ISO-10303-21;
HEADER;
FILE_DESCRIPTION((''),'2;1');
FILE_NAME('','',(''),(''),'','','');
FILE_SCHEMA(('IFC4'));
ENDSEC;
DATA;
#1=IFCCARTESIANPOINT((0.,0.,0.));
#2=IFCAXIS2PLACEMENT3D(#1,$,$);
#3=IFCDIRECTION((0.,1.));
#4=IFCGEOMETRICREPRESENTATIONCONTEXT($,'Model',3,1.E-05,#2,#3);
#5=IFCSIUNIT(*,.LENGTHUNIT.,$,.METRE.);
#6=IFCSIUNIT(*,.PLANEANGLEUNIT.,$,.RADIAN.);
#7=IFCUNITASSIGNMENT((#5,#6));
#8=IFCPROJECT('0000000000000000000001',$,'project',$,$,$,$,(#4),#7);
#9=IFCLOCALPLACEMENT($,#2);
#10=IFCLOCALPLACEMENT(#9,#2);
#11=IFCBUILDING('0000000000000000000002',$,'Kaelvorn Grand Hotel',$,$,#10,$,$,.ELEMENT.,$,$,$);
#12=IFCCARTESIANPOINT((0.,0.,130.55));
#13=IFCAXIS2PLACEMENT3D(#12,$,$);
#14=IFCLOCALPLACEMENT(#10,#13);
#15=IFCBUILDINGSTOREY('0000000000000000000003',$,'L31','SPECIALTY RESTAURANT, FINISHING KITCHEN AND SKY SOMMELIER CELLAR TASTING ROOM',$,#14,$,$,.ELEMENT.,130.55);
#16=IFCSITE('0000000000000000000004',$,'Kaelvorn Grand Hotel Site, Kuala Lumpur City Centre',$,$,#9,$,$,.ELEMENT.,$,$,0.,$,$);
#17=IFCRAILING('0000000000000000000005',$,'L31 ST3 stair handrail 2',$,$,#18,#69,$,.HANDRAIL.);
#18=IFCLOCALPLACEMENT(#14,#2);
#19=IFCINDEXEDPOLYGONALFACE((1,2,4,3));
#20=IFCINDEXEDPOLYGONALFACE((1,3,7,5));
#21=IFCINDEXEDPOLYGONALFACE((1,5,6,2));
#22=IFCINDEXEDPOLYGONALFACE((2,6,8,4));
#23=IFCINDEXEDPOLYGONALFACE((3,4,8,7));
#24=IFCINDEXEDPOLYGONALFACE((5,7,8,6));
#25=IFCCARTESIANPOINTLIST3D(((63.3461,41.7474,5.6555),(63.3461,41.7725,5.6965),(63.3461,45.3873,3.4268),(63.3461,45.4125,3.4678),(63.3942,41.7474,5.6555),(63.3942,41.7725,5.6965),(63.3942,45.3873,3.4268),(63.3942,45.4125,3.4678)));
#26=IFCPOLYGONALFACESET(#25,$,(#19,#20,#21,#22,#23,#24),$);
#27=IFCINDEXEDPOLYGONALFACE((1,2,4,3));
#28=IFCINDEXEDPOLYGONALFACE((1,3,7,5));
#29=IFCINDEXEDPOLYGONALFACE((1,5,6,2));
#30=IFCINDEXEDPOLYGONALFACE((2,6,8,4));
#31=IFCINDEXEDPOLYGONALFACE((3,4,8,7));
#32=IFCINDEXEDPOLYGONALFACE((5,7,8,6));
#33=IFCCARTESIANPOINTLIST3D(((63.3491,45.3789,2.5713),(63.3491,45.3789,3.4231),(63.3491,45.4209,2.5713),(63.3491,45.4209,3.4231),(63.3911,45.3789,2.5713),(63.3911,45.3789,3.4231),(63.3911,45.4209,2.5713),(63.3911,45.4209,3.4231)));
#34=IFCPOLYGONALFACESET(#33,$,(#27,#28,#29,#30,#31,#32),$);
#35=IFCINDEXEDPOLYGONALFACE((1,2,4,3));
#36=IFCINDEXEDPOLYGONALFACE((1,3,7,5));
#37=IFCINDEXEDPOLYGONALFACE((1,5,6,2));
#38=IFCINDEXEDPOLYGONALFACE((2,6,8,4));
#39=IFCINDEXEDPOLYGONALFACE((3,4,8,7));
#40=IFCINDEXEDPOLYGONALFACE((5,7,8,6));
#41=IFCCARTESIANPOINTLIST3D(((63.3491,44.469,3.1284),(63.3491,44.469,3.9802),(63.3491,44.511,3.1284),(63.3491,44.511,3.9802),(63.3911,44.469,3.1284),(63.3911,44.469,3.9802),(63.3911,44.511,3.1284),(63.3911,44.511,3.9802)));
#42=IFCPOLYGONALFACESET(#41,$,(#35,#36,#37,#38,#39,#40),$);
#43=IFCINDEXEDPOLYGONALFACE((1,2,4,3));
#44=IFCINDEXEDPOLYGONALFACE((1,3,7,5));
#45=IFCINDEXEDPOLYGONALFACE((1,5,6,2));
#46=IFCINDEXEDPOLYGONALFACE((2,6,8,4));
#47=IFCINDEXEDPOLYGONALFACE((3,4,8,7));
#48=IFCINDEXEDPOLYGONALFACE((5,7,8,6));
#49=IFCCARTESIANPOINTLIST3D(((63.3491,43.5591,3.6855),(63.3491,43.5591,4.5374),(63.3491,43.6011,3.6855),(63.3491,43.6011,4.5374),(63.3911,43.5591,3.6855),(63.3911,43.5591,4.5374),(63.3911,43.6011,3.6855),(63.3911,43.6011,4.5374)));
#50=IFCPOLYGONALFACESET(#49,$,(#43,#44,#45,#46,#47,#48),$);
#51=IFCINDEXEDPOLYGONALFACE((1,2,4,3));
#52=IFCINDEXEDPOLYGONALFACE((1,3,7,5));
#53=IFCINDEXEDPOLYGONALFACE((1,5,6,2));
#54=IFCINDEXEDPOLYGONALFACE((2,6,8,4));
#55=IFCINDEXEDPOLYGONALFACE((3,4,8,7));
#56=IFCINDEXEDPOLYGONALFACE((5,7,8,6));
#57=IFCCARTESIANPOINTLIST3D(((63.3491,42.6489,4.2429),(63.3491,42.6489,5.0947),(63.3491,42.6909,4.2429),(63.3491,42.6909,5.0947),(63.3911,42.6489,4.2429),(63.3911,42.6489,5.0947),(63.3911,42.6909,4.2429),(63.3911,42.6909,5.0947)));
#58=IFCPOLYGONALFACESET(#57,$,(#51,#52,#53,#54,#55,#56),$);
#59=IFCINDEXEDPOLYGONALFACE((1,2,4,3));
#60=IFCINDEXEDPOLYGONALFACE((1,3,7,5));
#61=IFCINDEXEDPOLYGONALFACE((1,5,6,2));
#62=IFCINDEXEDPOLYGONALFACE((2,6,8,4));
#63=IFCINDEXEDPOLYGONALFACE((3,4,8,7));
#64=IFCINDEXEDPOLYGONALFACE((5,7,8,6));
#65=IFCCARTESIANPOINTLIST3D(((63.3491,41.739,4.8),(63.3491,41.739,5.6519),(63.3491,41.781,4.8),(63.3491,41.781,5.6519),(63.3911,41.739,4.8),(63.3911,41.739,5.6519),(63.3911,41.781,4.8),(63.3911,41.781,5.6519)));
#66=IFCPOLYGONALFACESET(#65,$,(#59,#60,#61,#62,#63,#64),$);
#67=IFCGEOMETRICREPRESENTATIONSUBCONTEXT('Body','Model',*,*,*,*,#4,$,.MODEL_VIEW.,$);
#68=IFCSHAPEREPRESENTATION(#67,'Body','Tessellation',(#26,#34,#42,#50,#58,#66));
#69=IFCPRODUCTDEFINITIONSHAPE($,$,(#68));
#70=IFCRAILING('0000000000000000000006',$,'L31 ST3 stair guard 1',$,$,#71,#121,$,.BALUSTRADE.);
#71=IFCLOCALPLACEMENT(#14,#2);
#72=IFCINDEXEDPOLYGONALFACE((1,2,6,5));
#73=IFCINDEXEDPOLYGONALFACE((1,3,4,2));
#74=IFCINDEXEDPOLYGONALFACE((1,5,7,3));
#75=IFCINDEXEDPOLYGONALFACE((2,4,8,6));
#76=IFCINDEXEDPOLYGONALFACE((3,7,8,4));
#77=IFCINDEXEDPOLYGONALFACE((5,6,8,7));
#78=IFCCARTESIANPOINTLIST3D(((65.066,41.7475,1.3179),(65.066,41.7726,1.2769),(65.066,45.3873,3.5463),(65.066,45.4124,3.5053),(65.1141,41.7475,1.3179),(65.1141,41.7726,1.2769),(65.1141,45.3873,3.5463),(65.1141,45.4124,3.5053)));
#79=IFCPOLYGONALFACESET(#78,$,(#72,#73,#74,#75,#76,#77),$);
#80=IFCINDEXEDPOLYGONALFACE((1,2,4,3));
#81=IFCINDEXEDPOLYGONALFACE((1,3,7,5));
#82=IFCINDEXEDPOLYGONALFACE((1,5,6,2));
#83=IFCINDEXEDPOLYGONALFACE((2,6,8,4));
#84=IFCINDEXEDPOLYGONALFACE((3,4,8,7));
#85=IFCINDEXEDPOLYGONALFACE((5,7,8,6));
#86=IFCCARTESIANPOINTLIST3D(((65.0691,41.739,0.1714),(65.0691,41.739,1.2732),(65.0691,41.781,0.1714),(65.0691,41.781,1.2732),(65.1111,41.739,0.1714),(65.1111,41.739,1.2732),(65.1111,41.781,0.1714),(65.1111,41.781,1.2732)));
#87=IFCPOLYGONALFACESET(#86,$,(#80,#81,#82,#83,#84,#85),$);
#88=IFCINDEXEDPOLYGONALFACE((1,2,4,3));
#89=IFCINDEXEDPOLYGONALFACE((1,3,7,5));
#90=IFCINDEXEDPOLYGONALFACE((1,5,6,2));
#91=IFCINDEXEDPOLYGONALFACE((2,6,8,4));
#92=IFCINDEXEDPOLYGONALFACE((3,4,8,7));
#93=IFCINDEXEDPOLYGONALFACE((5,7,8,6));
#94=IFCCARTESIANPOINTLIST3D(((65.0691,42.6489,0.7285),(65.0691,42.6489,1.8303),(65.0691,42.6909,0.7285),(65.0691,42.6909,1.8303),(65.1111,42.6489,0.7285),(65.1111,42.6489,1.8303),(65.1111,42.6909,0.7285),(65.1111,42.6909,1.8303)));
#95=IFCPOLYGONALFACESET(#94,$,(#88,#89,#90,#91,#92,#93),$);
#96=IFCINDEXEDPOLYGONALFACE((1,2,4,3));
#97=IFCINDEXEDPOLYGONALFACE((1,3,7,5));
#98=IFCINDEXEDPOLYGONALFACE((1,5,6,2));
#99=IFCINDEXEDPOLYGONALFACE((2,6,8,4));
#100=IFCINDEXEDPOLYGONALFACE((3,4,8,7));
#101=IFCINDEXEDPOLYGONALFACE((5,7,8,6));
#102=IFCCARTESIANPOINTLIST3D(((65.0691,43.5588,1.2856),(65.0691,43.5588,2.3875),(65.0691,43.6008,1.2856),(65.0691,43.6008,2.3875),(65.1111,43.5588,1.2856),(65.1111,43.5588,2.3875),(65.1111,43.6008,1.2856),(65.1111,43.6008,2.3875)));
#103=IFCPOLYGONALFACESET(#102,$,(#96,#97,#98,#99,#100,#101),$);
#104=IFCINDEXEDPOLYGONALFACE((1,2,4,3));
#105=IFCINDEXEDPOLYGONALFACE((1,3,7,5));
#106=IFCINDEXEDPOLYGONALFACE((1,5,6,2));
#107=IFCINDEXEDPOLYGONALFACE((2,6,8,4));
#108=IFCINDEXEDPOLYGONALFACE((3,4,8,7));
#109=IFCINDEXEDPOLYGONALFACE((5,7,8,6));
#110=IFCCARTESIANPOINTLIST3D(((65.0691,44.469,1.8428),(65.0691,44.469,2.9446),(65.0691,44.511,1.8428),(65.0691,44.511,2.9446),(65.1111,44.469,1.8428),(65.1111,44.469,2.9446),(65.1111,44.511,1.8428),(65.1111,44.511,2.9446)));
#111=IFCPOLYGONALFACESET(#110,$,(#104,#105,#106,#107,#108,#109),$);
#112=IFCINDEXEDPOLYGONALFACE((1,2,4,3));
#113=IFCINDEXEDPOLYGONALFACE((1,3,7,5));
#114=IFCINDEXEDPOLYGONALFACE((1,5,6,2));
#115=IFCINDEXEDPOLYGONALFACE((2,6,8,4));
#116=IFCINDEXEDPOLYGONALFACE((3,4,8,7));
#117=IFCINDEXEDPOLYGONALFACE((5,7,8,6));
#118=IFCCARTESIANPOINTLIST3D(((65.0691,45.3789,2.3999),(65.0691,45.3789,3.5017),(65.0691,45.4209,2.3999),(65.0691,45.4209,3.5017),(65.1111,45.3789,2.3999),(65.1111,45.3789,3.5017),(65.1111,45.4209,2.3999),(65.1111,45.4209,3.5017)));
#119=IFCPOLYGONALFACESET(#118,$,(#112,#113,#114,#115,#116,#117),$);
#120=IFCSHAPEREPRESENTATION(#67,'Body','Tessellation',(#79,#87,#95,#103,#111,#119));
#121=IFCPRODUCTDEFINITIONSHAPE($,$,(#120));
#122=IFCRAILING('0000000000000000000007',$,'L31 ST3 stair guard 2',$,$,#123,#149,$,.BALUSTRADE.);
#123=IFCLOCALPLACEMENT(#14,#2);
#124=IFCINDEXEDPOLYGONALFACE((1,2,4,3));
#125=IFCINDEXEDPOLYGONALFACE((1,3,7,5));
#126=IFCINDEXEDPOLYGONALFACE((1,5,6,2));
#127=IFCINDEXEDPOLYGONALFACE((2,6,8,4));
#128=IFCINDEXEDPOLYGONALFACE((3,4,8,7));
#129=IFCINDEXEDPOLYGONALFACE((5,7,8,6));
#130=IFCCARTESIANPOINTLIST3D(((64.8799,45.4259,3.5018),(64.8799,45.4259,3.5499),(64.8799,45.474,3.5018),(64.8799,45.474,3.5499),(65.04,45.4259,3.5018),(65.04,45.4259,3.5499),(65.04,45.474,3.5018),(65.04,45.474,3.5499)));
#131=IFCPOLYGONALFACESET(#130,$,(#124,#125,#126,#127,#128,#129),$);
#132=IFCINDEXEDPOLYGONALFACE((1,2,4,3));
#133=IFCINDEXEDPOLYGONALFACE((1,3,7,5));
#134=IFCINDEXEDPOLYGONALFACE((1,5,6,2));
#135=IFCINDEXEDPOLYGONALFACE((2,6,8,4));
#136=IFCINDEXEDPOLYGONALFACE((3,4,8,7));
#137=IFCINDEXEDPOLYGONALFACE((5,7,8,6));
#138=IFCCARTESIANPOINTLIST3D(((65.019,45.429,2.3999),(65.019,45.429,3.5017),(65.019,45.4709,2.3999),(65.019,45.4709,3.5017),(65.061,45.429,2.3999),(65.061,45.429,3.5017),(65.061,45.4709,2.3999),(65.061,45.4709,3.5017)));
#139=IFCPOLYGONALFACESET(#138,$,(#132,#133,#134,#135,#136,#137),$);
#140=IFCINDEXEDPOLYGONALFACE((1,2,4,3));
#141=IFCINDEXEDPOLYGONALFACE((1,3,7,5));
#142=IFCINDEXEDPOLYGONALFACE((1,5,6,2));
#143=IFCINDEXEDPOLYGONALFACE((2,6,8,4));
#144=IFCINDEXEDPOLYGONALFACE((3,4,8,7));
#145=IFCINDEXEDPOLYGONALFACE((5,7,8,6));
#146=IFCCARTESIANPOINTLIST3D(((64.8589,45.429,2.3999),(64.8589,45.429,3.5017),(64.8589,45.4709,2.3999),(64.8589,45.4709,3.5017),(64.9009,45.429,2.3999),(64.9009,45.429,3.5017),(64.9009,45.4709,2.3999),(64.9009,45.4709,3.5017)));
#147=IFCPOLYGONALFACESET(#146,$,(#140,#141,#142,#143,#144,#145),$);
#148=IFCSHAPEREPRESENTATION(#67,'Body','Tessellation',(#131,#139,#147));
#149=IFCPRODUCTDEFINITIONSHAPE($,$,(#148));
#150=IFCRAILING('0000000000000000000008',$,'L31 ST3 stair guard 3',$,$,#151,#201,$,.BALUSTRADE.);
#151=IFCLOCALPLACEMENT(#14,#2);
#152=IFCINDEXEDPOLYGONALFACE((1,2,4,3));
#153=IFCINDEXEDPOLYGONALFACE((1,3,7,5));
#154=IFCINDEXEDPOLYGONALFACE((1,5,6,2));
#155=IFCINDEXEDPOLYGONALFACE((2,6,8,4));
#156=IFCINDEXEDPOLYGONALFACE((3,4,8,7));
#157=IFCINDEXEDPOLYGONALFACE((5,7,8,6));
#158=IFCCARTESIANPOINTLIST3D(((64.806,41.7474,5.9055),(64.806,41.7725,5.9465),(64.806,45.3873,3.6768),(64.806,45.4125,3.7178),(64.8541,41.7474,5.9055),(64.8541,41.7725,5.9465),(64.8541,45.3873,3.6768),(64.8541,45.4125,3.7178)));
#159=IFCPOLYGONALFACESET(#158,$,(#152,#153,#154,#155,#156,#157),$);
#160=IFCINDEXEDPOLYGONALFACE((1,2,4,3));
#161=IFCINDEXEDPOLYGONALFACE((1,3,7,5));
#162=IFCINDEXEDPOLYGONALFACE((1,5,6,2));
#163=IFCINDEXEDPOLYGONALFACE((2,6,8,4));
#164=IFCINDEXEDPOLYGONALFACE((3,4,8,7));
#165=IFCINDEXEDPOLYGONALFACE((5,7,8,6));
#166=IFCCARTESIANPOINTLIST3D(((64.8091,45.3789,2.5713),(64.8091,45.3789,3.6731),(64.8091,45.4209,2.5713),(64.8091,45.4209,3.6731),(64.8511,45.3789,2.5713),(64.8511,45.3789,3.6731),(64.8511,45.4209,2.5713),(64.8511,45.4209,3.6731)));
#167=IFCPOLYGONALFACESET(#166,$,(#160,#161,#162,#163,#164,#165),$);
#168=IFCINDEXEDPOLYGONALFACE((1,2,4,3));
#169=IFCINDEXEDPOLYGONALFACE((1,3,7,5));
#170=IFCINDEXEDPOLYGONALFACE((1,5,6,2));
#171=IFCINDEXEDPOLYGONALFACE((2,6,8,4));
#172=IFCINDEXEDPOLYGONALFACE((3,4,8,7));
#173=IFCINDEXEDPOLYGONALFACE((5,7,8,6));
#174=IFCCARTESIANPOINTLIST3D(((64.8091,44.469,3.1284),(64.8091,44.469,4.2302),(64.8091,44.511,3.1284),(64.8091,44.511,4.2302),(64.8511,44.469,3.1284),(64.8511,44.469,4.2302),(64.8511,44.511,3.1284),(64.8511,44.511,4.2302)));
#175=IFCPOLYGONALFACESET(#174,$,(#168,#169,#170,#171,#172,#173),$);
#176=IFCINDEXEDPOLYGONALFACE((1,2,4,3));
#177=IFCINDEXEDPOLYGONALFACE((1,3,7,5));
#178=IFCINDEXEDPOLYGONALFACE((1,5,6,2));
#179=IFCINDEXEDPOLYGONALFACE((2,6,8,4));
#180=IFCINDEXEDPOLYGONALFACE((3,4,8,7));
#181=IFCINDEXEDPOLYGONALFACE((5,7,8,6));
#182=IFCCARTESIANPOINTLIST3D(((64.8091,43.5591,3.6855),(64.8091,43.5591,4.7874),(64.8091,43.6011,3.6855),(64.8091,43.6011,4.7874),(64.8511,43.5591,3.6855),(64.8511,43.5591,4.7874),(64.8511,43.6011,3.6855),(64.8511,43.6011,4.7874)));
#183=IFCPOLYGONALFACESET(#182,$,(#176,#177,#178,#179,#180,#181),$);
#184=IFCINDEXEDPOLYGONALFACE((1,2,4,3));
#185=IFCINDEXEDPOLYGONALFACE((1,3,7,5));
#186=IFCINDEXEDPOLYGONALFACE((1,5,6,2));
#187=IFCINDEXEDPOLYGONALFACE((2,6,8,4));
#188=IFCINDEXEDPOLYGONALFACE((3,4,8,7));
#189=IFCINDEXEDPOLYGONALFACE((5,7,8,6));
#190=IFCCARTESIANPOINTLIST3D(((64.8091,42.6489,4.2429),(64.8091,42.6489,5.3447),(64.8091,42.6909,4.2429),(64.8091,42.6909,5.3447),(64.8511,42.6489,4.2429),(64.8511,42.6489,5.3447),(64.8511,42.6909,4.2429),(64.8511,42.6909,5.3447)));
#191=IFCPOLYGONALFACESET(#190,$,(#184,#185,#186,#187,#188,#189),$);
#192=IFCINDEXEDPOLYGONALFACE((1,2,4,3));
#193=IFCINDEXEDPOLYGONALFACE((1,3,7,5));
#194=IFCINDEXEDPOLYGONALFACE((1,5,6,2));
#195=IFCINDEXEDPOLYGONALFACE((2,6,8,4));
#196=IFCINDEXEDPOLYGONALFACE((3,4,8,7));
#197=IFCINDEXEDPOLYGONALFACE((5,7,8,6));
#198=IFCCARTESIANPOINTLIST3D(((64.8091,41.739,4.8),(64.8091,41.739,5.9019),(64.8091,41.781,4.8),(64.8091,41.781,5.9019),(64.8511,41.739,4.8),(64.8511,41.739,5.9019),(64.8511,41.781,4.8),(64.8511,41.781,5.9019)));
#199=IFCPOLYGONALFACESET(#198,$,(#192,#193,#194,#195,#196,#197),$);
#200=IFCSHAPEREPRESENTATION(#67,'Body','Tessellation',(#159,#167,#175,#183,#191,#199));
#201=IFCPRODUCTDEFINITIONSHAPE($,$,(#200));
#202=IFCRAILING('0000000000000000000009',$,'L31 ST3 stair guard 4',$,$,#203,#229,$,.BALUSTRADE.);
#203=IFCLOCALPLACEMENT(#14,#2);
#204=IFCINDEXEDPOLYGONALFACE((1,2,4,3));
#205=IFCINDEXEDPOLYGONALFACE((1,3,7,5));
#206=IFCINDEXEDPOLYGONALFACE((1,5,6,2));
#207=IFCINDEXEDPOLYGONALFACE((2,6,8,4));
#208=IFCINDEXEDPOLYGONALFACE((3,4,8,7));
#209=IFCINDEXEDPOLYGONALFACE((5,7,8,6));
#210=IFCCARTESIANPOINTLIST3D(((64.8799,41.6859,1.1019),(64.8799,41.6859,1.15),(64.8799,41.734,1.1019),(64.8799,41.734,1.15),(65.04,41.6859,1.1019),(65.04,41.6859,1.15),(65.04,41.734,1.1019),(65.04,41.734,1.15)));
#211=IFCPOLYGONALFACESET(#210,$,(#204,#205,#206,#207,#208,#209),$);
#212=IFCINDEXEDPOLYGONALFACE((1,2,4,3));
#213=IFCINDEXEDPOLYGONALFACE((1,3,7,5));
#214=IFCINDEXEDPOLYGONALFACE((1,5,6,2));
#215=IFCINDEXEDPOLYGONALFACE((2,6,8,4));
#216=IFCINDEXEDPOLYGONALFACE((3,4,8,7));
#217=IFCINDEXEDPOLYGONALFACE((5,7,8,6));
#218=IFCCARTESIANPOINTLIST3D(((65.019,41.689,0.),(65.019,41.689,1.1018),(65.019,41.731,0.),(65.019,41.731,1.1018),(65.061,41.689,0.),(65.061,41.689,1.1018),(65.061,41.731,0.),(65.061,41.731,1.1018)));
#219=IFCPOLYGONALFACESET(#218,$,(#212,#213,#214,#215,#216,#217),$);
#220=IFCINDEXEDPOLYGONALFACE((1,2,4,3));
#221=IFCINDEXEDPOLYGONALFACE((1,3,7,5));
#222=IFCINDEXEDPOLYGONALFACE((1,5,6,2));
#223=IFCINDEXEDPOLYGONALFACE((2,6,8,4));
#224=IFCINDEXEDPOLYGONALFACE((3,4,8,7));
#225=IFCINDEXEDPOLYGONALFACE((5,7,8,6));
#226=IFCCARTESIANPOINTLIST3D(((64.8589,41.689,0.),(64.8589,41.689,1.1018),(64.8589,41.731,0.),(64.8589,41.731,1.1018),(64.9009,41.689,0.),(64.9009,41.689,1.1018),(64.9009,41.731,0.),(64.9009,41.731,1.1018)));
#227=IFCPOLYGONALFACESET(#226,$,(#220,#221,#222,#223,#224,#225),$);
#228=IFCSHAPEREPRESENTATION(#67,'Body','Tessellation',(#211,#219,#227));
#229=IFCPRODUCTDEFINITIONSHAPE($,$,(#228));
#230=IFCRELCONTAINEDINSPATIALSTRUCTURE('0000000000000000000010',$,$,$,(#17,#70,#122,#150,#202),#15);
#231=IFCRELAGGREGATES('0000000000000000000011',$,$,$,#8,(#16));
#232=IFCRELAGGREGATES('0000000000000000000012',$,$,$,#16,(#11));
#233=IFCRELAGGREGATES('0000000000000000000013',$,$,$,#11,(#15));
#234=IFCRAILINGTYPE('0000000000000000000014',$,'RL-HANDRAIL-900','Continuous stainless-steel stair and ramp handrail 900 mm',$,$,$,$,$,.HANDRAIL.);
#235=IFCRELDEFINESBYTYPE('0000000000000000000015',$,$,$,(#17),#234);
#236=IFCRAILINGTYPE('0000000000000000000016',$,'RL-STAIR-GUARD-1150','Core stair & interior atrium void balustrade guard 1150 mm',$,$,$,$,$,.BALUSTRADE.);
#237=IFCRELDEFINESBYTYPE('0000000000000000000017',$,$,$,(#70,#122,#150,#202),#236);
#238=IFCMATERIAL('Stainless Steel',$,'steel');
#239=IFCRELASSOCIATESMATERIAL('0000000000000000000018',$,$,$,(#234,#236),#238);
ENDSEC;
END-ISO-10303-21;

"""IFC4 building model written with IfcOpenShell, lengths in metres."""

from ifc_helpers import new_model, si_unit, direction, frame, origin, origin_2d, place, context, subcontext, project, spatial, rectangle, extrude, material, type_object, element, save


model = new_model("IFC4")

# Units and contexts
model_context = context("Model", 3, precision=1e-05, world=origin(), true_north=direction((0.0, 1.0)))
body_context = subcontext(model_context, "Body", "Model", "MODEL_VIEW")
ifc_project = project(units=[si_unit("LENGTHUNIT", "METRE"), si_unit("PLANEANGLEUNIT", "RADIAN")], contexts=[model_context])

# Site, building, storey
site_placement = place(None, origin())
site = spatial("IfcSite", under=ifc_project, at=site_placement, Name="Kaelvorn Grand Hotel Site, Kuala Lumpur City Centre", CompositionType="ELEMENT", RefElevation=0.0)
building_placement = place(site_placement, origin())
building = spatial("IfcBuilding", under=site, at=building_placement, Name="Kaelvorn Grand Hotel", CompositionType="ELEMENT")
storey_placement = place(building_placement, frame((0.0, 0.0, 130.55)))
storey = spatial("IfcBuildingStorey", under=building, at=storey_placement, Name="L31", Description="SPECIALTY RESTAURANT, FINISHING KITCHEN AND SKY SOMMELIER CELLAR TASTING ROOM", CompositionType="ELEMENT", Elevation=130.55)

# Shared definitions
ifc_material_1 = material(Name="Stainless Steel", Category="steel")

# Railings
railing_type_1 = type_object("IfcRailingType", Name="RL-HANDRAIL-900", Description="Continuous stainless-steel stair and ramp handrail 900 mm", PredefinedType="HANDRAIL", material=ifc_material_1)
railing_1_placement = place(storey_placement, frame((63.3701, 45.3999, 2.5713)))
element("IfcRailing", 1, at=railing_1_placement, inside=storey, type_object=railing_type_1, Name="L31 ST3 stair handrail 2", PredefinedType="HANDRAIL", context=body_context, shape_type="SweptSolid", body=[
    extrude(rectangle(XDim=0.0481, YDim=0.0481, at=origin_2d()), frame((0.0, 0.0, 0.876), z_axis=(0.0, -0.852825, 0.522197), x_axis=(1.0, 0.0, 0.0)), (0.0, 0.0, 1.0), 4.2681),
    extrude(rectangle(XDim=0.042, YDim=0.042, at=origin_2d()), origin(), (0.0, 0.0, 1.0), 0.8518),
    extrude(rectangle(XDim=0.042, YDim=0.042, at=origin_2d()), frame((0.0, -0.9099, 0.5571)), (0.0, 0.0, 1.0), 0.8518),
    extrude(rectangle(XDim=0.042, YDim=0.042, at=origin_2d()), frame((0.0, -1.8198, 1.1143)), (0.0, 0.0, 1.0), 0.8518),
    extrude(rectangle(XDim=0.042, YDim=0.042, at=origin_2d()), frame((0.0, -2.73, 1.6716)), (0.0, 0.0, 1.0), 0.8518),
    extrude(rectangle(XDim=0.042, YDim=0.042, at=origin_2d()), frame((0.0, -3.6399, 2.2288)), (0.0, 0.0, 1.0), 0.8518),
])
railing_type_2 = type_object("IfcRailingType", Name="RL-STAIR-GUARD-1150", Description="Core stair & interior atrium void balustrade guard 1150 mm", PredefinedType="BALUSTRADE", material=ifc_material_1)
railing_2_placement = place(storey_placement, frame((65.0901, 41.76, 0.1714)))
element("IfcRailing", 2, at=railing_2_placement, inside=storey, type_object=railing_type_2, Name="L31 ST3 stair guard 1", PredefinedType="BALUSTRADE", context=body_context, shape_type="SweptSolid", body=[
    extrude(rectangle(XDim=0.0481, YDim=0.0481, at=origin_2d()), frame((0.0, 0.0, 1.126), z_axis=(0.0, 0.85285, 0.522156), x_axis=(-1.0, 0.0, 0.0)), (0.0, 0.0, 1.0), 4.2678),
    extrude(rectangle(XDim=0.042, YDim=0.042, at=origin_2d()), origin(), (0.0, 0.0, 1.0), 1.1018),
    extrude(rectangle(XDim=0.042, YDim=0.042, at=origin_2d()), frame((0.0, 0.9099, 0.5571)), (0.0, 0.0, 1.0), 1.1018),
    extrude(rectangle(XDim=0.042, YDim=0.042, at=origin_2d()), frame((0.0, 1.8198, 1.1143)), (0.0, 0.0, 1.0), 1.1018),
    extrude(rectangle(XDim=0.042, YDim=0.042, at=origin_2d()), frame((0.0, 2.73, 1.6714)), (0.0, 0.0, 1.0), 1.1018),
    extrude(rectangle(XDim=0.042, YDim=0.042, at=origin_2d()), frame((0.0, 3.6399, 2.2285)), (0.0, 0.0, 1.0), 1.1018),
])
railing_3_placement = place(storey_placement, frame((65.04, 45.45, 2.3999)))
element("IfcRailing", 3, at=railing_3_placement, inside=storey, type_object=railing_type_2, Name="L31 ST3 stair guard 2", PredefinedType="BALUSTRADE", context=body_context, shape_type="SweptSolid", body=[
    extrude(rectangle(XDim=0.0481, YDim=0.0481, at=origin_2d()), frame((0.0, 0.0, 1.126), z_axis=(-1.0, 0.0, 0.0), x_axis=(0.0, -1.0, 0.0)), (0.0, 0.0, 1.0), 0.1602),
    extrude(rectangle(XDim=0.042, YDim=0.042, at=origin_2d()), origin(), (0.0, 0.0, 1.0), 1.1018),
    extrude(rectangle(XDim=0.042, YDim=0.042, at=origin_2d()), frame((-0.1602, 0.0, 0.0)), (0.0, 0.0, 1.0), 1.1018),
])
railing_4_placement = place(storey_placement, frame((64.8301, 45.3999, 2.5713)))
element("IfcRailing", 4, at=railing_4_placement, inside=storey, type_object=railing_type_2, Name="L31 ST3 stair guard 3", PredefinedType="BALUSTRADE", context=body_context, shape_type="SweptSolid", body=[
    extrude(rectangle(XDim=0.0481, YDim=0.0481, at=origin_2d()), frame((0.0, 0.0, 1.126), z_axis=(0.0, -0.852825, 0.522197), x_axis=(1.0, 0.0, 0.0)), (0.0, 0.0, 1.0), 4.2681),
    extrude(rectangle(XDim=0.042, YDim=0.042, at=origin_2d()), origin(), (0.0, 0.0, 1.0), 1.1018),
    extrude(rectangle(XDim=0.042, YDim=0.042, at=origin_2d()), frame((0.0, -0.9099, 0.5571)), (0.0, 0.0, 1.0), 1.1018),
    extrude(rectangle(XDim=0.042, YDim=0.042, at=origin_2d()), frame((0.0, -1.8198, 1.1143)), (0.0, 0.0, 1.0), 1.1018),
    extrude(rectangle(XDim=0.042, YDim=0.042, at=origin_2d()), frame((0.0, -2.73, 1.6716)), (0.0, 0.0, 1.0), 1.1018),
    extrude(rectangle(XDim=0.042, YDim=0.042, at=origin_2d()), frame((0.0, -3.6399, 2.2288)), (0.0, 0.0, 1.0), 1.1018),
])
railing_5_placement = place(storey_placement, frame((65.04, 41.71, 0.0)))
element("IfcRailing", 5, at=railing_5_placement, inside=storey, type_object=railing_type_2, Name="L31 ST3 stair guard 4", PredefinedType="BALUSTRADE", context=body_context, shape_type="SweptSolid", body=[
    extrude(rectangle(XDim=0.0481, YDim=0.0481, at=origin_2d()), frame((0.0, 0.0, 1.126), z_axis=(-1.0, 0.0, 0.0), x_axis=(0.0, -1.0, 0.0)), (0.0, 0.0, 1.0), 0.1602),
    extrude(rectangle(XDim=0.042, YDim=0.042, at=origin_2d()), origin(), (0.0, 0.0, 1.0), 1.1018),
    extrude(rectangle(XDim=0.042, YDim=0.042, at=origin_2d()), frame((-0.1602, 0.0, 0.0)), (0.0, 0.0, 1.0), 1.1018),
])

save(model, "model.ifc")
